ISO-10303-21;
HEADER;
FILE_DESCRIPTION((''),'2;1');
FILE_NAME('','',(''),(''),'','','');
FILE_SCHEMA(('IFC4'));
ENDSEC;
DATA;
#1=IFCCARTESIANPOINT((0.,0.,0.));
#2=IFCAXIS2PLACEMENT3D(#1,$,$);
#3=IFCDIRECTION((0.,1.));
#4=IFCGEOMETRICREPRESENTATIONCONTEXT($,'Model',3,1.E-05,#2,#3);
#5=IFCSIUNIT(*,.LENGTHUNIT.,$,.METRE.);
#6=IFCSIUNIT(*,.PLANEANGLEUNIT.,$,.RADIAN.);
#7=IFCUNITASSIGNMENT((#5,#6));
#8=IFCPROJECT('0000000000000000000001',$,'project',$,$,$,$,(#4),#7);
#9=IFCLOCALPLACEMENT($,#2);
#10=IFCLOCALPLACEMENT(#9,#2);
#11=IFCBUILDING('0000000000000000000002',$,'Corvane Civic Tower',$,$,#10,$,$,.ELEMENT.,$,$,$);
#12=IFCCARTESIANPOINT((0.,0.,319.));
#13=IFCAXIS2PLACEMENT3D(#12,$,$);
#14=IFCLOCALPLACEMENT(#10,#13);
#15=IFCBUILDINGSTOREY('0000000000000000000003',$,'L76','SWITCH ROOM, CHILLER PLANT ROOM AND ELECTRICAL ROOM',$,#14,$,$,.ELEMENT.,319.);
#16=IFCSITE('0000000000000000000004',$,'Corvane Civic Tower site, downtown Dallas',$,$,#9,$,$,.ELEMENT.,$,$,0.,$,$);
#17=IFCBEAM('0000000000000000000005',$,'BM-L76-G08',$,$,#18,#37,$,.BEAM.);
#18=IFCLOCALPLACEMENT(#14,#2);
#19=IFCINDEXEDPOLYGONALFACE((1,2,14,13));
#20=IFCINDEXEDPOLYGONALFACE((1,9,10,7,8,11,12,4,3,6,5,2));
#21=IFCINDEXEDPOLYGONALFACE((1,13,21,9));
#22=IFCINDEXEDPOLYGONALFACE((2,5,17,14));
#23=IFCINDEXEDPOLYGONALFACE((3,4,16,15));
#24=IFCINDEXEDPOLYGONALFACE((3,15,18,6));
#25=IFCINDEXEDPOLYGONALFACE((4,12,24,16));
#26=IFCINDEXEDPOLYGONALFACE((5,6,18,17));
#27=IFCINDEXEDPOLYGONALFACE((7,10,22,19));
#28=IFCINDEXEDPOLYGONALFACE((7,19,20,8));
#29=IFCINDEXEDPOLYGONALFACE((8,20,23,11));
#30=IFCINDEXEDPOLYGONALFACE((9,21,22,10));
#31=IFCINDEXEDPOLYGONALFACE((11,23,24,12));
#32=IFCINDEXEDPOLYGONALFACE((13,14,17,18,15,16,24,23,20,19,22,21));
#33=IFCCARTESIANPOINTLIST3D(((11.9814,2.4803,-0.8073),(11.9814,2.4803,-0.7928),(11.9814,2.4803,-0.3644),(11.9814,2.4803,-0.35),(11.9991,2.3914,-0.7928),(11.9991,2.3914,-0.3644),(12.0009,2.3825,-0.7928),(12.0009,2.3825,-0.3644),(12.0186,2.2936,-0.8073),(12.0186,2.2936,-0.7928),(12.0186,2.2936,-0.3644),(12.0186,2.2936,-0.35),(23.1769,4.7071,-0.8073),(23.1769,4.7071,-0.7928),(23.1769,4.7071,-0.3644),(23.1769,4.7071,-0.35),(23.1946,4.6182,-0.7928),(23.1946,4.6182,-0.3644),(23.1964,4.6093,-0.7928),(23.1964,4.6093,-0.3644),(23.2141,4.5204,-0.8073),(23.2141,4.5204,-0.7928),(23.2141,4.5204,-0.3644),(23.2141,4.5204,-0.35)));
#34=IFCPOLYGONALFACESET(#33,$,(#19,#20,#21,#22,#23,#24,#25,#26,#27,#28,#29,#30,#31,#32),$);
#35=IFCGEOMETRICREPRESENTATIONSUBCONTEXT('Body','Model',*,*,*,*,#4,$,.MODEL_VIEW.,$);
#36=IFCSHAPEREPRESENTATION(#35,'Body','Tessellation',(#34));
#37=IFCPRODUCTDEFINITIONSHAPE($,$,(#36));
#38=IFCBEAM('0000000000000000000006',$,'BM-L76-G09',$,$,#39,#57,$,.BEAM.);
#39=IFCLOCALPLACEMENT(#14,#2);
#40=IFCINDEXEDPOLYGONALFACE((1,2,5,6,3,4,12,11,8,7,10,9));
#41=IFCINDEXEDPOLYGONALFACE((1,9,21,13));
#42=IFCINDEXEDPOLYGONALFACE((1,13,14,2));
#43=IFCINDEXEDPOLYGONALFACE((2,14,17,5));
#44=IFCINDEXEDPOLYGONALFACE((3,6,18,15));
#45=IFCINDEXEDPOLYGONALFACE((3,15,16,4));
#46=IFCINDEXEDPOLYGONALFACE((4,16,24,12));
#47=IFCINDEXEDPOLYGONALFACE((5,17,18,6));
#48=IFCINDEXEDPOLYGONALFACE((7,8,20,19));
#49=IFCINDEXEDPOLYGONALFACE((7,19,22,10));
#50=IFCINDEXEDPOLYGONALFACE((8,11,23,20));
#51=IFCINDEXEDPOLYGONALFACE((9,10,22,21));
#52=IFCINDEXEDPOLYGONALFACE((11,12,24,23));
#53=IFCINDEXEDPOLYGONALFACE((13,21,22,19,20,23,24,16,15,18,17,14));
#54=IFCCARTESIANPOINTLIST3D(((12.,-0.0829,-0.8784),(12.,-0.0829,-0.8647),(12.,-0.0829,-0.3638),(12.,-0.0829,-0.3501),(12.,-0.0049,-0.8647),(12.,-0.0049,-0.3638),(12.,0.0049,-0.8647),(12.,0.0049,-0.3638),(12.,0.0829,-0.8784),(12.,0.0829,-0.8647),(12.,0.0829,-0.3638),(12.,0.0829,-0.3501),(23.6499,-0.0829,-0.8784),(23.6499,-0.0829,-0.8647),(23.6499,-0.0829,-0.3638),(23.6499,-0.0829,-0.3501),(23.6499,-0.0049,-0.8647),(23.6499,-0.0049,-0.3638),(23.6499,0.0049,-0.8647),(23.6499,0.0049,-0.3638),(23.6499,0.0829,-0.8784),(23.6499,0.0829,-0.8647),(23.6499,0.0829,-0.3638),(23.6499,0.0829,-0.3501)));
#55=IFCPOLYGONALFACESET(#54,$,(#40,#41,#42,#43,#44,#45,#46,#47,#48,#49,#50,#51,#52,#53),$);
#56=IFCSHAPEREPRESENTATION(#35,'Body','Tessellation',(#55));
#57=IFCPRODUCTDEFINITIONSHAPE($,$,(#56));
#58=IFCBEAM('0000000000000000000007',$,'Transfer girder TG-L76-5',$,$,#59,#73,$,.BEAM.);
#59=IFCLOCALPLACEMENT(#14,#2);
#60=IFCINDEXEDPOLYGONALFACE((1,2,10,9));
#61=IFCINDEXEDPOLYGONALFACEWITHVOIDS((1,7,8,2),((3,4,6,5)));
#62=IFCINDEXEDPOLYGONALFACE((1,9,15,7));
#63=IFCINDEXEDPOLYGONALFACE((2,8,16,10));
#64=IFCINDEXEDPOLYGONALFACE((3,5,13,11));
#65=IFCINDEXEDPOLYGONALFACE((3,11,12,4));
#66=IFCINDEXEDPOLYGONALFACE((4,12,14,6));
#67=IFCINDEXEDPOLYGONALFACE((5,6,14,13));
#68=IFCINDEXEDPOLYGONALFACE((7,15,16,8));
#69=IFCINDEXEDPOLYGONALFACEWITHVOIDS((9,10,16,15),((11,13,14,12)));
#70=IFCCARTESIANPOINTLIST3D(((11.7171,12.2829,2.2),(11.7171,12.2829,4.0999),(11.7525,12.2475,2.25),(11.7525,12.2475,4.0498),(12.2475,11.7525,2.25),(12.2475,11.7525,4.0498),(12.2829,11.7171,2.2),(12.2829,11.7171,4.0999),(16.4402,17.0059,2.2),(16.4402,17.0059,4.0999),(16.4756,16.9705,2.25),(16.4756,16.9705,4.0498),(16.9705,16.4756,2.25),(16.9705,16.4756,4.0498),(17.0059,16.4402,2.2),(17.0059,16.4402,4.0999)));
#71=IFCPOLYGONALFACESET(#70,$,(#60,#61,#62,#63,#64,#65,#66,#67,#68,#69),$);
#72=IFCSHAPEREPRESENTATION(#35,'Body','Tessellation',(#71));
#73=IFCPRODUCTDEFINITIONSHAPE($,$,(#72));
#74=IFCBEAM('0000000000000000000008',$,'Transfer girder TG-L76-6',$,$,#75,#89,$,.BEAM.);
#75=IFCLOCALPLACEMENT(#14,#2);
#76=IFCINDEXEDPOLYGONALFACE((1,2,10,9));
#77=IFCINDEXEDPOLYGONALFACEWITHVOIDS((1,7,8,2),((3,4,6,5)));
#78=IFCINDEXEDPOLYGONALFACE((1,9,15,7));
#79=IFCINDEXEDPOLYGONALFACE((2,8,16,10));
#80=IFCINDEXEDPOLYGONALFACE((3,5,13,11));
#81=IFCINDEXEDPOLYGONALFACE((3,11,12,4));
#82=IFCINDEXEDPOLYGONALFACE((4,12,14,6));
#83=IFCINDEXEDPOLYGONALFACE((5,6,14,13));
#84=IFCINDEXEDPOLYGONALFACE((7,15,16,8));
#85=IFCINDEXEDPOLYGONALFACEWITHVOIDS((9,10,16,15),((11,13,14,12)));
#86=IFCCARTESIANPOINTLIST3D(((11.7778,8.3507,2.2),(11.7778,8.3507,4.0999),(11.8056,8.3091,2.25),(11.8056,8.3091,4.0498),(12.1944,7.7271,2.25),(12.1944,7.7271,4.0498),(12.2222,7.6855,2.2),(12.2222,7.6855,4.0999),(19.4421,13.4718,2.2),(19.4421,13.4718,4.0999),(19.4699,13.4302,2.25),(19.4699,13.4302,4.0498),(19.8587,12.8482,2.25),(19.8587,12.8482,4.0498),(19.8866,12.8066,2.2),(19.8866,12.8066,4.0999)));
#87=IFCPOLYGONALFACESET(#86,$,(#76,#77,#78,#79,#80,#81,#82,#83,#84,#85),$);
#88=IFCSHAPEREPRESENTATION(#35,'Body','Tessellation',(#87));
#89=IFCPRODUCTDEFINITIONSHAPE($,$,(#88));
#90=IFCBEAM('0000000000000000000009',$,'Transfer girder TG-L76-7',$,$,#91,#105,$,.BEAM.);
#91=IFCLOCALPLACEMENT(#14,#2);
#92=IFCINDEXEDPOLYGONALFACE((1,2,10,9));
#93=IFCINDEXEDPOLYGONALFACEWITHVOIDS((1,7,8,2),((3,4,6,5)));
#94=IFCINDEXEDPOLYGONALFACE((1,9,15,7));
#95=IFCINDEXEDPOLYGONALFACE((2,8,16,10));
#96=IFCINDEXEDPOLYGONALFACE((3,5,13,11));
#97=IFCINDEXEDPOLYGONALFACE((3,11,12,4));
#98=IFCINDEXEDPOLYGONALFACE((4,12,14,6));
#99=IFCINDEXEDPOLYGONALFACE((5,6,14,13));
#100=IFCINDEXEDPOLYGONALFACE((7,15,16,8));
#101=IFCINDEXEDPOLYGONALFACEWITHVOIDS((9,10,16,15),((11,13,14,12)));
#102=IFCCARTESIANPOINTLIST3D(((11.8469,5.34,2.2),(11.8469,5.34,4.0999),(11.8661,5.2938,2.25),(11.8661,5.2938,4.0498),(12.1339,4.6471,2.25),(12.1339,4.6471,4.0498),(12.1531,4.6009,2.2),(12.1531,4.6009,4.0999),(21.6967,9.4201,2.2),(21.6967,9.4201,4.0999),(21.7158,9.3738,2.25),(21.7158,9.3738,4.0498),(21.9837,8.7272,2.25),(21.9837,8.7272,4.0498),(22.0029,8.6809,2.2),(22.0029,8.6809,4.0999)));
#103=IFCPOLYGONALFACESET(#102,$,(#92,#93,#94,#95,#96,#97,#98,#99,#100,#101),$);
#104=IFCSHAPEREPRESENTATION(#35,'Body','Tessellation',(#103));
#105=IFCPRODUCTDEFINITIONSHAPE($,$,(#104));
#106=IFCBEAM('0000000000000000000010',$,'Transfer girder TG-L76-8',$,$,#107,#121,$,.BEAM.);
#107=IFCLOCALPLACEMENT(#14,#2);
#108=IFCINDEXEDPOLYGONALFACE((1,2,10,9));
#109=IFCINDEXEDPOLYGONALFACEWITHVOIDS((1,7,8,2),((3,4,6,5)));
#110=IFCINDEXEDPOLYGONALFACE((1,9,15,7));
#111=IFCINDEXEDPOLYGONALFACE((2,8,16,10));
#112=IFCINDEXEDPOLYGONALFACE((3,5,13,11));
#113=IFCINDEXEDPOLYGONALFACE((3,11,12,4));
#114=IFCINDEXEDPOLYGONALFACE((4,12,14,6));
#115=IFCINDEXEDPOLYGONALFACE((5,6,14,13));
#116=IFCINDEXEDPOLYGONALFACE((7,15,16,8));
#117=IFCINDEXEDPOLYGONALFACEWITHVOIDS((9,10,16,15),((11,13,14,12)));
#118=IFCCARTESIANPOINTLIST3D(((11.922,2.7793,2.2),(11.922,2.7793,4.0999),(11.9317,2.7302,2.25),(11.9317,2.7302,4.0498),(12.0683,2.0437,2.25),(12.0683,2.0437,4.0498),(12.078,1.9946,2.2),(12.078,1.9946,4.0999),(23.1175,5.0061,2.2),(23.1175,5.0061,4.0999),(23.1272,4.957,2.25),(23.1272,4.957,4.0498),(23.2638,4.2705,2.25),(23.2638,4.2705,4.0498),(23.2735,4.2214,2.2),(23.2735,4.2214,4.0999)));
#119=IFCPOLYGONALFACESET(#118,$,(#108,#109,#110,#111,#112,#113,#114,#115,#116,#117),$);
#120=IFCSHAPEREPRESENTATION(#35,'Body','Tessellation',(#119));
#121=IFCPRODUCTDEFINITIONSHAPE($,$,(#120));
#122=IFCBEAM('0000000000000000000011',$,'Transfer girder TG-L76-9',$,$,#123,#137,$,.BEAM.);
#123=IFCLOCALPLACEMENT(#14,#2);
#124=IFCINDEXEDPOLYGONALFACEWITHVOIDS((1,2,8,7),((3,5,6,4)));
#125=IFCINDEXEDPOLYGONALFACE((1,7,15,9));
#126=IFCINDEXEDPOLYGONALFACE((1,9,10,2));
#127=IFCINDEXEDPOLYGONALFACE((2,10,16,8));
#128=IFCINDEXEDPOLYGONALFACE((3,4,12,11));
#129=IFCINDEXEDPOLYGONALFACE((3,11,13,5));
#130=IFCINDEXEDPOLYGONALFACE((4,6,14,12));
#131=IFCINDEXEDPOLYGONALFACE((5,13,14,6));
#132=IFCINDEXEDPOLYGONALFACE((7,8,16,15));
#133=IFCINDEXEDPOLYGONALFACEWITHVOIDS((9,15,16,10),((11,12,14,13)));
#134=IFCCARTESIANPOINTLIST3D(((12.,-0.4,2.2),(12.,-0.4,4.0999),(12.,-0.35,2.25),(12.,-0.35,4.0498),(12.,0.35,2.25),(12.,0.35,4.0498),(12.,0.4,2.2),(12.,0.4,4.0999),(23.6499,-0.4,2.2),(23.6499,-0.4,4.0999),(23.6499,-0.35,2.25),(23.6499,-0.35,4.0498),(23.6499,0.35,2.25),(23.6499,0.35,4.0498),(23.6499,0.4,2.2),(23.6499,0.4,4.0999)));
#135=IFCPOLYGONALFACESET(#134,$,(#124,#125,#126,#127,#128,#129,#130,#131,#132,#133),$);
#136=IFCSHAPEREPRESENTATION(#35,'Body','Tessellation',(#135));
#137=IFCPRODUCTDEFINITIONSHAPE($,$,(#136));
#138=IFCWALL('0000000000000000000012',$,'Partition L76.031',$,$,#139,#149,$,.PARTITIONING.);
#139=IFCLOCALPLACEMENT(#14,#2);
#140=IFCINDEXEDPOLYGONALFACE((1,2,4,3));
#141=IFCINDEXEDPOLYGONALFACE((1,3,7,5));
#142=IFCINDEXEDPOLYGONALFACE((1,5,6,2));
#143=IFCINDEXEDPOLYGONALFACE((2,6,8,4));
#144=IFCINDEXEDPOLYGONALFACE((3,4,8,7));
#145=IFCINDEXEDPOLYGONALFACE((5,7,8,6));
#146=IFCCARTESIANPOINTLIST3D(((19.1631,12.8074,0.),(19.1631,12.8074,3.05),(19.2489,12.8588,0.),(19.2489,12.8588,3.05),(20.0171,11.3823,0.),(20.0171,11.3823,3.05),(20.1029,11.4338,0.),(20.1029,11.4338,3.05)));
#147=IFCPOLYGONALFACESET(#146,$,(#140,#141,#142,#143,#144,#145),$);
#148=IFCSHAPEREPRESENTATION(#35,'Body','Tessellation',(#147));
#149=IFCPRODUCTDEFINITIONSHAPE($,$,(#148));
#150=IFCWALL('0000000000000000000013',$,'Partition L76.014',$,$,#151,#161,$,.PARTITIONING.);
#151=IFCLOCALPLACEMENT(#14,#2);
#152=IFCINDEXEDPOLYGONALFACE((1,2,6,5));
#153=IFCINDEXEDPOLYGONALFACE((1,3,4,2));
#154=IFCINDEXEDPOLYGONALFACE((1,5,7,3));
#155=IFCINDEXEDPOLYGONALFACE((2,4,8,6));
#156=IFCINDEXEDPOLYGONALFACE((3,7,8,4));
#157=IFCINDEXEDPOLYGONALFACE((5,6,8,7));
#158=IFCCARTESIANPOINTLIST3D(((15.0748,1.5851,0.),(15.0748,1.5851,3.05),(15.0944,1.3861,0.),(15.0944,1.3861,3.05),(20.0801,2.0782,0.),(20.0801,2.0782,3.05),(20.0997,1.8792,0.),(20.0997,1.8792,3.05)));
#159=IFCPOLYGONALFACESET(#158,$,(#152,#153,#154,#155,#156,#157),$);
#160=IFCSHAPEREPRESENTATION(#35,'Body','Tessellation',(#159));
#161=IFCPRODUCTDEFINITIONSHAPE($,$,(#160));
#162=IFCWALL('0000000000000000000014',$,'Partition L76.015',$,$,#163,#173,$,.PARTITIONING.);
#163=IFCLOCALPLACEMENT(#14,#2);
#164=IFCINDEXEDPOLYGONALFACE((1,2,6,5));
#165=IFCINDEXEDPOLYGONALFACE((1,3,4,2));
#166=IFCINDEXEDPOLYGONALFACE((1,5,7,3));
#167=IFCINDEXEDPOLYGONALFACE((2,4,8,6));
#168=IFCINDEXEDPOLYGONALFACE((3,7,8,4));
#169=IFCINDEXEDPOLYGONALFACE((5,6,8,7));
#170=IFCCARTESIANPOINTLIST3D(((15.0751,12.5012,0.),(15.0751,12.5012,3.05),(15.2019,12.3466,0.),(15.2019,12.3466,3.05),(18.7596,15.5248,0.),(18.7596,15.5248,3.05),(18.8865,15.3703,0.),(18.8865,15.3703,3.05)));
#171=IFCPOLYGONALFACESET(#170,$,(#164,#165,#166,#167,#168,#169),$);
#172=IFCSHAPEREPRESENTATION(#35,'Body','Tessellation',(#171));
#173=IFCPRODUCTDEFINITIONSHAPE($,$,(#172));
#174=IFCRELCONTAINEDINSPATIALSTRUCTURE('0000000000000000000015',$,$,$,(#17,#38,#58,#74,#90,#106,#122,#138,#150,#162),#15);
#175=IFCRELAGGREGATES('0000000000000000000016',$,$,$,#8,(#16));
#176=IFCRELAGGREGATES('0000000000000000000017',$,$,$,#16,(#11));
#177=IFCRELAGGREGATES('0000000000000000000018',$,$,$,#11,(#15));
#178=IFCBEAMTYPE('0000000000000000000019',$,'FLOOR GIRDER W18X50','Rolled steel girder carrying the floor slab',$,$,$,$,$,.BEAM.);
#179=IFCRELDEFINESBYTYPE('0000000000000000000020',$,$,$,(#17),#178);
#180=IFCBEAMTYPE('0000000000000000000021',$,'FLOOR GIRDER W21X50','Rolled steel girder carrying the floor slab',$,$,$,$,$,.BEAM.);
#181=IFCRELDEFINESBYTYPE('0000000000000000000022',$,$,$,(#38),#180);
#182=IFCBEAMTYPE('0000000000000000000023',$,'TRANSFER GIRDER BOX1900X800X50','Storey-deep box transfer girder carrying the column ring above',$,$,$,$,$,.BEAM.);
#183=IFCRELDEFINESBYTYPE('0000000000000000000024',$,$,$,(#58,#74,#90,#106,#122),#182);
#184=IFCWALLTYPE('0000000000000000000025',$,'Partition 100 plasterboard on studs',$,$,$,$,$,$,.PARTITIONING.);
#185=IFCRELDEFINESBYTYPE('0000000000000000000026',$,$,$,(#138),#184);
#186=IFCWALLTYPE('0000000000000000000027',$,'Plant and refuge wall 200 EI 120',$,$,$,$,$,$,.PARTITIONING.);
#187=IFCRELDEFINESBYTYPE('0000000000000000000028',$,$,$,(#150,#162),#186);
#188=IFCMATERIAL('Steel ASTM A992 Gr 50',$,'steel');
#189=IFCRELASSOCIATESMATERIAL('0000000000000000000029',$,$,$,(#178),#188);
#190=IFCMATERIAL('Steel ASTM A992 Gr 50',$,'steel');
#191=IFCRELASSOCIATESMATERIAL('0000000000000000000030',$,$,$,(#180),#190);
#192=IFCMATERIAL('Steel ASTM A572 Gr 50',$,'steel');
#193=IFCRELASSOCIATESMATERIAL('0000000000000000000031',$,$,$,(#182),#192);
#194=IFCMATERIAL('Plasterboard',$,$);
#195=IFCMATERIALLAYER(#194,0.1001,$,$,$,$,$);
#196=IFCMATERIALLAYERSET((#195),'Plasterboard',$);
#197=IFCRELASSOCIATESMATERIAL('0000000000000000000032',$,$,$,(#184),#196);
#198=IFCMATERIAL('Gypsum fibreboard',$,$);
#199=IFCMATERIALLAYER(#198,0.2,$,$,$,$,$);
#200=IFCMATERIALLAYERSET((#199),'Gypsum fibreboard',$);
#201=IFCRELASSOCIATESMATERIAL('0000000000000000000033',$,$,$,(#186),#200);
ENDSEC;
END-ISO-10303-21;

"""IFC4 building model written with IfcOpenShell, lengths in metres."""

from ifc_helpers import new_model, si_unit, direction, frame, frame_2d, origin, origin_2d, place, context, subcontext, project, spatial, rectangle, hollow_rectangle, i_section, extrude, material, layer, layer_set, material_profile, profile_set, type_object, element, save


model = new_model("IFC4")

# Units and contexts
model_context = context("Model", 3, precision=1e-05, world=origin(), true_north=direction((0.0, 1.0)))
body_context = subcontext(model_context, "Body", "Model", "MODEL_VIEW")
ifc_project = project(units=[si_unit("LENGTHUNIT", "METRE"), si_unit("PLANEANGLEUNIT", "RADIAN")], contexts=[model_context])

# Site, building, storey
site_placement = place(None, origin())
site = spatial("IfcSite", under=ifc_project, at=site_placement, Name="Corvane Civic Tower site, downtown Dallas", CompositionType="ELEMENT", RefElevation=0.0)
building_placement = place(site_placement, origin())
building = spatial("IfcBuilding", under=site, at=building_placement, Name="Corvane Civic Tower", CompositionType="ELEMENT")
storey_placement = place(building_placement, frame((0.0, 0.0, 319.0)))
storey = spatial("IfcBuildingStorey", under=building, at=storey_placement, Name="L76", Description="SWITCH ROOM, CHILLER PLANT ROOM AND ELECTRICAL ROOM", CompositionType="ELEMENT", Elevation=319.0)

# Beams
ifc_material_1 = material(Name="Steel ASTM A992 Gr 50", Category="steel")
ifc_material_profile_1 = material_profile(ifc_material_1, i_section(OverallWidth=0.1904, OverallDepth=0.4573, WebThickness=0.009, FlangeThickness=0.0144, at=origin_2d()), Name="W18X50")
ifc_profile_set_1 = profile_set([ifc_material_profile_1], Name="Steel ASTM A992 Gr 50")
beam_type_1 = type_object("IfcBeamType", Name="FLOOR GIRDER W18X50", Description="Rolled steel girder carrying the floor slab", PredefinedType="BEAM", material=ifc_profile_set_1)
beam_1_placement = place(storey_placement, frame((12.0, 2.387, -0.5786), z_axis=(0.980787, 0.19508, 0.0), x_axis=(-0.19508, 0.980787, 0.0)))
element("IfcBeam", 1, at=beam_1_placement, inside=storey, type_object=beam_type_1, Name="BM-L76-G08", PredefinedType="BEAM", context=body_context, shape_type="SweptSolid", body=[
    extrude(i_section(OverallWidth=0.1904, OverallDepth=0.4573, WebThickness=0.009, FlangeThickness=0.0144, at=origin_2d()), origin(), (0.0, 0.0, 1.0), 11.4148),
])
ifc_material_2 = material(Name="Steel ASTM A992 Gr 50", Category="steel")
ifc_material_profile_2 = material_profile(ifc_material_2, i_section(OverallWidth=0.1658, OverallDepth=0.5283, WebThickness=0.0098, FlangeThickness=0.0137, at=origin_2d()), Name="W21X50")
ifc_profile_set_2 = profile_set([ifc_material_profile_2], Name="Steel ASTM A992 Gr 50")
beam_type_2 = type_object("IfcBeamType", Name="FLOOR GIRDER W21X50", Description="Rolled steel girder carrying the floor slab", PredefinedType="BEAM", material=ifc_profile_set_2)
beam_2_placement = place(storey_placement, frame((12.0, 0.0, -0.6143), z_axis=(1.0, 0.0, 0.0), x_axis=(0.0, 1.0, 0.0)))
element("IfcBeam", 2, at=beam_2_placement, inside=storey, type_object=beam_type_2, Name="BM-L76-G09", PredefinedType="BEAM", context=body_context, shape_type="SweptSolid", body=[
    extrude(i_section(OverallWidth=0.1658, OverallDepth=0.5283, WebThickness=0.0098, FlangeThickness=0.0137, at=origin_2d()), origin(), (0.0, 0.0, 1.0), 11.6499),
])
ifc_material_3 = material(Name="Steel ASTM A572 Gr 50", Category="steel")
ifc_material_profile_3 = material_profile(ifc_material_3, hollow_rectangle(XDim=0.8, YDim=1.8999, WallThickness=0.05, at=origin_2d()), Name="BOX1900X800X50")
ifc_profile_set_3 = profile_set([ifc_material_profile_3], Name="Steel ASTM A572 Gr 50")
beam_type_3 = type_object("IfcBeamType", Name="TRANSFER GIRDER BOX1900X800X50", Description="Storey-deep box transfer girder carrying the column ring above", PredefinedType="BEAM", material=ifc_profile_set_3)
beam_3_placement = place(storey_placement, frame((12.0, 12.0, 3.1499), z_axis=(0.707107, 0.707107, 0.0), x_axis=(-0.707107, 0.707107, 0.0)))
element("IfcBeam", 3, at=beam_3_placement, inside=storey, type_object=beam_type_3, Name="Transfer girder TG-L76-5", PredefinedType="BEAM", context=body_context, shape_type="SweptSolid", body=[
    extrude(hollow_rectangle(XDim=0.8, YDim=1.8999, WallThickness=0.05, at=origin_2d()), origin(), (0.0, 0.0, 1.0), 6.6794),
])
beam_4_placement = place(storey_placement, frame((12.0, 8.0181, 3.1499), z_axis=(0.831471, 0.555568, 0.0), x_axis=(-0.555568, 0.831471, 0.0)))
element("IfcBeam", 4, at=beam_4_placement, inside=storey, type_object=beam_type_3, Name="Transfer girder TG-L76-6", PredefinedType="BEAM", context=body_context, shape_type="SweptSolid", body=[
    extrude(hollow_rectangle(XDim=0.8, YDim=1.8999, WallThickness=0.05, at=origin_2d()), origin(), (0.0, 0.0, 1.0), 9.2178),
])
beam_5_placement = place(storey_placement, frame((12.0, 4.9705, 3.1499), z_axis=(0.923875, 0.382694, 0.0), x_axis=(-0.382694, 0.923875, 0.0)))
element("IfcBeam", 5, at=beam_5_placement, inside=storey, type_object=beam_type_3, Name="Transfer girder TG-L76-7", PredefinedType="BEAM", context=body_context, shape_type="SweptSolid", body=[
    extrude(hollow_rectangle(XDim=0.8, YDim=1.8999, WallThickness=0.05, at=origin_2d()), origin(), (0.0, 0.0, 1.0), 10.6614),
])
beam_6_placement = place(storey_placement, frame((12.0, 2.387, 3.1499), z_axis=(0.980787, 0.19508, 0.0), x_axis=(-0.19508, 0.980787, 0.0)))
element("IfcBeam", 6, at=beam_6_placement, inside=storey, type_object=beam_type_3, Name="Transfer girder TG-L76-8", PredefinedType="BEAM", context=body_context, shape_type="SweptSolid", body=[
    extrude(hollow_rectangle(XDim=0.8, YDim=1.8999, WallThickness=0.05, at=origin_2d()), origin(), (0.0, 0.0, 1.0), 11.4148),
])
beam_7_placement = place(storey_placement, frame((12.0, 0.0, 3.1499), z_axis=(1.0, 0.0, 0.0), x_axis=(0.0, 1.0, 0.0)))
element("IfcBeam", 7, at=beam_7_placement, inside=storey, type_object=beam_type_3, Name="Transfer girder TG-L76-9", PredefinedType="BEAM", context=body_context, shape_type="SweptSolid", body=[
    extrude(hollow_rectangle(XDim=0.8, YDim=1.8999, WallThickness=0.05, at=origin_2d()), origin(), (0.0, 0.0, 1.0), 11.6499),
])

# Walls
ifc_material_4 = material(Name="Plasterboard")
ifc_layer_1 = layer(ifc_material_4, 0.1001)
ifc_layer_set_1 = layer_set([ifc_layer_1], Name="Plasterboard")
wall_type_1 = type_object("IfcWallType", Name="Partition 100 plasterboard on studs", PredefinedType="PARTITIONING", material=ifc_layer_set_1)
wall_1_placement = place(storey_placement, frame((19.2061, 12.833, 0.0), z_axis=(0.0, 0.0, 1.0), x_axis=(0.514042, -0.857765, 0.0)))
element("IfcWall", 8, at=wall_1_placement, inside=storey, type_object=wall_type_1, Name="Partition L76.031", PredefinedType="PARTITIONING", context=body_context, shape_type="SweptSolid", body=[
    extrude(rectangle(XDim=1.6614, YDim=0.1001, at=frame_2d((0.8306, 0.0))), origin(), (0.0, 0.0, 1.0), 3.05),
])
ifc_material_5 = material(Name="Gypsum fibreboard")
ifc_layer_2 = layer(ifc_material_5, 0.2)
ifc_layer_set_2 = layer_set([ifc_layer_2], Name="Gypsum fibreboard")
wall_type_2 = type_object("IfcWallType", Name="Plant and refuge wall 200 EI 120", PredefinedType="PARTITIONING", material=ifc_layer_set_2)
wall_2_placement = place(storey_placement, frame((15.0847, 1.4856, 0.0), z_axis=(0.0, 0.0, 1.0), x_axis=(0.995181, 0.098052, 0.0)))
element("IfcWall", 9, at=wall_2_placement, inside=storey, type_object=wall_type_2, Name="Partition L76.014", PredefinedType="PARTITIONING", context=body_context, shape_type="SweptSolid", body=[
    extrude(rectangle(XDim=5.0295, YDim=0.2, at=frame_2d((2.5146, 0.0))), origin(), (0.0, 0.0, 1.0), 3.05),
])
wall_3_placement = place(storey_placement, frame((15.1384, 12.4238, 0.0), z_axis=(0.0, 0.0, 1.0), x_axis=(0.773028, 0.634372, 0.0)))
element("IfcWall", 10, at=wall_3_placement, inside=storey, type_object=wall_type_2, Name="Partition L76.015", PredefinedType="PARTITIONING", context=body_context, shape_type="SweptSolid", body=[
    extrude(rectangle(XDim=4.7664, YDim=0.2, at=frame_2d((2.3833, 0.0))), origin(), (0.0, 0.0, 1.0), 3.05),
])

save(model, "model.ifc")
